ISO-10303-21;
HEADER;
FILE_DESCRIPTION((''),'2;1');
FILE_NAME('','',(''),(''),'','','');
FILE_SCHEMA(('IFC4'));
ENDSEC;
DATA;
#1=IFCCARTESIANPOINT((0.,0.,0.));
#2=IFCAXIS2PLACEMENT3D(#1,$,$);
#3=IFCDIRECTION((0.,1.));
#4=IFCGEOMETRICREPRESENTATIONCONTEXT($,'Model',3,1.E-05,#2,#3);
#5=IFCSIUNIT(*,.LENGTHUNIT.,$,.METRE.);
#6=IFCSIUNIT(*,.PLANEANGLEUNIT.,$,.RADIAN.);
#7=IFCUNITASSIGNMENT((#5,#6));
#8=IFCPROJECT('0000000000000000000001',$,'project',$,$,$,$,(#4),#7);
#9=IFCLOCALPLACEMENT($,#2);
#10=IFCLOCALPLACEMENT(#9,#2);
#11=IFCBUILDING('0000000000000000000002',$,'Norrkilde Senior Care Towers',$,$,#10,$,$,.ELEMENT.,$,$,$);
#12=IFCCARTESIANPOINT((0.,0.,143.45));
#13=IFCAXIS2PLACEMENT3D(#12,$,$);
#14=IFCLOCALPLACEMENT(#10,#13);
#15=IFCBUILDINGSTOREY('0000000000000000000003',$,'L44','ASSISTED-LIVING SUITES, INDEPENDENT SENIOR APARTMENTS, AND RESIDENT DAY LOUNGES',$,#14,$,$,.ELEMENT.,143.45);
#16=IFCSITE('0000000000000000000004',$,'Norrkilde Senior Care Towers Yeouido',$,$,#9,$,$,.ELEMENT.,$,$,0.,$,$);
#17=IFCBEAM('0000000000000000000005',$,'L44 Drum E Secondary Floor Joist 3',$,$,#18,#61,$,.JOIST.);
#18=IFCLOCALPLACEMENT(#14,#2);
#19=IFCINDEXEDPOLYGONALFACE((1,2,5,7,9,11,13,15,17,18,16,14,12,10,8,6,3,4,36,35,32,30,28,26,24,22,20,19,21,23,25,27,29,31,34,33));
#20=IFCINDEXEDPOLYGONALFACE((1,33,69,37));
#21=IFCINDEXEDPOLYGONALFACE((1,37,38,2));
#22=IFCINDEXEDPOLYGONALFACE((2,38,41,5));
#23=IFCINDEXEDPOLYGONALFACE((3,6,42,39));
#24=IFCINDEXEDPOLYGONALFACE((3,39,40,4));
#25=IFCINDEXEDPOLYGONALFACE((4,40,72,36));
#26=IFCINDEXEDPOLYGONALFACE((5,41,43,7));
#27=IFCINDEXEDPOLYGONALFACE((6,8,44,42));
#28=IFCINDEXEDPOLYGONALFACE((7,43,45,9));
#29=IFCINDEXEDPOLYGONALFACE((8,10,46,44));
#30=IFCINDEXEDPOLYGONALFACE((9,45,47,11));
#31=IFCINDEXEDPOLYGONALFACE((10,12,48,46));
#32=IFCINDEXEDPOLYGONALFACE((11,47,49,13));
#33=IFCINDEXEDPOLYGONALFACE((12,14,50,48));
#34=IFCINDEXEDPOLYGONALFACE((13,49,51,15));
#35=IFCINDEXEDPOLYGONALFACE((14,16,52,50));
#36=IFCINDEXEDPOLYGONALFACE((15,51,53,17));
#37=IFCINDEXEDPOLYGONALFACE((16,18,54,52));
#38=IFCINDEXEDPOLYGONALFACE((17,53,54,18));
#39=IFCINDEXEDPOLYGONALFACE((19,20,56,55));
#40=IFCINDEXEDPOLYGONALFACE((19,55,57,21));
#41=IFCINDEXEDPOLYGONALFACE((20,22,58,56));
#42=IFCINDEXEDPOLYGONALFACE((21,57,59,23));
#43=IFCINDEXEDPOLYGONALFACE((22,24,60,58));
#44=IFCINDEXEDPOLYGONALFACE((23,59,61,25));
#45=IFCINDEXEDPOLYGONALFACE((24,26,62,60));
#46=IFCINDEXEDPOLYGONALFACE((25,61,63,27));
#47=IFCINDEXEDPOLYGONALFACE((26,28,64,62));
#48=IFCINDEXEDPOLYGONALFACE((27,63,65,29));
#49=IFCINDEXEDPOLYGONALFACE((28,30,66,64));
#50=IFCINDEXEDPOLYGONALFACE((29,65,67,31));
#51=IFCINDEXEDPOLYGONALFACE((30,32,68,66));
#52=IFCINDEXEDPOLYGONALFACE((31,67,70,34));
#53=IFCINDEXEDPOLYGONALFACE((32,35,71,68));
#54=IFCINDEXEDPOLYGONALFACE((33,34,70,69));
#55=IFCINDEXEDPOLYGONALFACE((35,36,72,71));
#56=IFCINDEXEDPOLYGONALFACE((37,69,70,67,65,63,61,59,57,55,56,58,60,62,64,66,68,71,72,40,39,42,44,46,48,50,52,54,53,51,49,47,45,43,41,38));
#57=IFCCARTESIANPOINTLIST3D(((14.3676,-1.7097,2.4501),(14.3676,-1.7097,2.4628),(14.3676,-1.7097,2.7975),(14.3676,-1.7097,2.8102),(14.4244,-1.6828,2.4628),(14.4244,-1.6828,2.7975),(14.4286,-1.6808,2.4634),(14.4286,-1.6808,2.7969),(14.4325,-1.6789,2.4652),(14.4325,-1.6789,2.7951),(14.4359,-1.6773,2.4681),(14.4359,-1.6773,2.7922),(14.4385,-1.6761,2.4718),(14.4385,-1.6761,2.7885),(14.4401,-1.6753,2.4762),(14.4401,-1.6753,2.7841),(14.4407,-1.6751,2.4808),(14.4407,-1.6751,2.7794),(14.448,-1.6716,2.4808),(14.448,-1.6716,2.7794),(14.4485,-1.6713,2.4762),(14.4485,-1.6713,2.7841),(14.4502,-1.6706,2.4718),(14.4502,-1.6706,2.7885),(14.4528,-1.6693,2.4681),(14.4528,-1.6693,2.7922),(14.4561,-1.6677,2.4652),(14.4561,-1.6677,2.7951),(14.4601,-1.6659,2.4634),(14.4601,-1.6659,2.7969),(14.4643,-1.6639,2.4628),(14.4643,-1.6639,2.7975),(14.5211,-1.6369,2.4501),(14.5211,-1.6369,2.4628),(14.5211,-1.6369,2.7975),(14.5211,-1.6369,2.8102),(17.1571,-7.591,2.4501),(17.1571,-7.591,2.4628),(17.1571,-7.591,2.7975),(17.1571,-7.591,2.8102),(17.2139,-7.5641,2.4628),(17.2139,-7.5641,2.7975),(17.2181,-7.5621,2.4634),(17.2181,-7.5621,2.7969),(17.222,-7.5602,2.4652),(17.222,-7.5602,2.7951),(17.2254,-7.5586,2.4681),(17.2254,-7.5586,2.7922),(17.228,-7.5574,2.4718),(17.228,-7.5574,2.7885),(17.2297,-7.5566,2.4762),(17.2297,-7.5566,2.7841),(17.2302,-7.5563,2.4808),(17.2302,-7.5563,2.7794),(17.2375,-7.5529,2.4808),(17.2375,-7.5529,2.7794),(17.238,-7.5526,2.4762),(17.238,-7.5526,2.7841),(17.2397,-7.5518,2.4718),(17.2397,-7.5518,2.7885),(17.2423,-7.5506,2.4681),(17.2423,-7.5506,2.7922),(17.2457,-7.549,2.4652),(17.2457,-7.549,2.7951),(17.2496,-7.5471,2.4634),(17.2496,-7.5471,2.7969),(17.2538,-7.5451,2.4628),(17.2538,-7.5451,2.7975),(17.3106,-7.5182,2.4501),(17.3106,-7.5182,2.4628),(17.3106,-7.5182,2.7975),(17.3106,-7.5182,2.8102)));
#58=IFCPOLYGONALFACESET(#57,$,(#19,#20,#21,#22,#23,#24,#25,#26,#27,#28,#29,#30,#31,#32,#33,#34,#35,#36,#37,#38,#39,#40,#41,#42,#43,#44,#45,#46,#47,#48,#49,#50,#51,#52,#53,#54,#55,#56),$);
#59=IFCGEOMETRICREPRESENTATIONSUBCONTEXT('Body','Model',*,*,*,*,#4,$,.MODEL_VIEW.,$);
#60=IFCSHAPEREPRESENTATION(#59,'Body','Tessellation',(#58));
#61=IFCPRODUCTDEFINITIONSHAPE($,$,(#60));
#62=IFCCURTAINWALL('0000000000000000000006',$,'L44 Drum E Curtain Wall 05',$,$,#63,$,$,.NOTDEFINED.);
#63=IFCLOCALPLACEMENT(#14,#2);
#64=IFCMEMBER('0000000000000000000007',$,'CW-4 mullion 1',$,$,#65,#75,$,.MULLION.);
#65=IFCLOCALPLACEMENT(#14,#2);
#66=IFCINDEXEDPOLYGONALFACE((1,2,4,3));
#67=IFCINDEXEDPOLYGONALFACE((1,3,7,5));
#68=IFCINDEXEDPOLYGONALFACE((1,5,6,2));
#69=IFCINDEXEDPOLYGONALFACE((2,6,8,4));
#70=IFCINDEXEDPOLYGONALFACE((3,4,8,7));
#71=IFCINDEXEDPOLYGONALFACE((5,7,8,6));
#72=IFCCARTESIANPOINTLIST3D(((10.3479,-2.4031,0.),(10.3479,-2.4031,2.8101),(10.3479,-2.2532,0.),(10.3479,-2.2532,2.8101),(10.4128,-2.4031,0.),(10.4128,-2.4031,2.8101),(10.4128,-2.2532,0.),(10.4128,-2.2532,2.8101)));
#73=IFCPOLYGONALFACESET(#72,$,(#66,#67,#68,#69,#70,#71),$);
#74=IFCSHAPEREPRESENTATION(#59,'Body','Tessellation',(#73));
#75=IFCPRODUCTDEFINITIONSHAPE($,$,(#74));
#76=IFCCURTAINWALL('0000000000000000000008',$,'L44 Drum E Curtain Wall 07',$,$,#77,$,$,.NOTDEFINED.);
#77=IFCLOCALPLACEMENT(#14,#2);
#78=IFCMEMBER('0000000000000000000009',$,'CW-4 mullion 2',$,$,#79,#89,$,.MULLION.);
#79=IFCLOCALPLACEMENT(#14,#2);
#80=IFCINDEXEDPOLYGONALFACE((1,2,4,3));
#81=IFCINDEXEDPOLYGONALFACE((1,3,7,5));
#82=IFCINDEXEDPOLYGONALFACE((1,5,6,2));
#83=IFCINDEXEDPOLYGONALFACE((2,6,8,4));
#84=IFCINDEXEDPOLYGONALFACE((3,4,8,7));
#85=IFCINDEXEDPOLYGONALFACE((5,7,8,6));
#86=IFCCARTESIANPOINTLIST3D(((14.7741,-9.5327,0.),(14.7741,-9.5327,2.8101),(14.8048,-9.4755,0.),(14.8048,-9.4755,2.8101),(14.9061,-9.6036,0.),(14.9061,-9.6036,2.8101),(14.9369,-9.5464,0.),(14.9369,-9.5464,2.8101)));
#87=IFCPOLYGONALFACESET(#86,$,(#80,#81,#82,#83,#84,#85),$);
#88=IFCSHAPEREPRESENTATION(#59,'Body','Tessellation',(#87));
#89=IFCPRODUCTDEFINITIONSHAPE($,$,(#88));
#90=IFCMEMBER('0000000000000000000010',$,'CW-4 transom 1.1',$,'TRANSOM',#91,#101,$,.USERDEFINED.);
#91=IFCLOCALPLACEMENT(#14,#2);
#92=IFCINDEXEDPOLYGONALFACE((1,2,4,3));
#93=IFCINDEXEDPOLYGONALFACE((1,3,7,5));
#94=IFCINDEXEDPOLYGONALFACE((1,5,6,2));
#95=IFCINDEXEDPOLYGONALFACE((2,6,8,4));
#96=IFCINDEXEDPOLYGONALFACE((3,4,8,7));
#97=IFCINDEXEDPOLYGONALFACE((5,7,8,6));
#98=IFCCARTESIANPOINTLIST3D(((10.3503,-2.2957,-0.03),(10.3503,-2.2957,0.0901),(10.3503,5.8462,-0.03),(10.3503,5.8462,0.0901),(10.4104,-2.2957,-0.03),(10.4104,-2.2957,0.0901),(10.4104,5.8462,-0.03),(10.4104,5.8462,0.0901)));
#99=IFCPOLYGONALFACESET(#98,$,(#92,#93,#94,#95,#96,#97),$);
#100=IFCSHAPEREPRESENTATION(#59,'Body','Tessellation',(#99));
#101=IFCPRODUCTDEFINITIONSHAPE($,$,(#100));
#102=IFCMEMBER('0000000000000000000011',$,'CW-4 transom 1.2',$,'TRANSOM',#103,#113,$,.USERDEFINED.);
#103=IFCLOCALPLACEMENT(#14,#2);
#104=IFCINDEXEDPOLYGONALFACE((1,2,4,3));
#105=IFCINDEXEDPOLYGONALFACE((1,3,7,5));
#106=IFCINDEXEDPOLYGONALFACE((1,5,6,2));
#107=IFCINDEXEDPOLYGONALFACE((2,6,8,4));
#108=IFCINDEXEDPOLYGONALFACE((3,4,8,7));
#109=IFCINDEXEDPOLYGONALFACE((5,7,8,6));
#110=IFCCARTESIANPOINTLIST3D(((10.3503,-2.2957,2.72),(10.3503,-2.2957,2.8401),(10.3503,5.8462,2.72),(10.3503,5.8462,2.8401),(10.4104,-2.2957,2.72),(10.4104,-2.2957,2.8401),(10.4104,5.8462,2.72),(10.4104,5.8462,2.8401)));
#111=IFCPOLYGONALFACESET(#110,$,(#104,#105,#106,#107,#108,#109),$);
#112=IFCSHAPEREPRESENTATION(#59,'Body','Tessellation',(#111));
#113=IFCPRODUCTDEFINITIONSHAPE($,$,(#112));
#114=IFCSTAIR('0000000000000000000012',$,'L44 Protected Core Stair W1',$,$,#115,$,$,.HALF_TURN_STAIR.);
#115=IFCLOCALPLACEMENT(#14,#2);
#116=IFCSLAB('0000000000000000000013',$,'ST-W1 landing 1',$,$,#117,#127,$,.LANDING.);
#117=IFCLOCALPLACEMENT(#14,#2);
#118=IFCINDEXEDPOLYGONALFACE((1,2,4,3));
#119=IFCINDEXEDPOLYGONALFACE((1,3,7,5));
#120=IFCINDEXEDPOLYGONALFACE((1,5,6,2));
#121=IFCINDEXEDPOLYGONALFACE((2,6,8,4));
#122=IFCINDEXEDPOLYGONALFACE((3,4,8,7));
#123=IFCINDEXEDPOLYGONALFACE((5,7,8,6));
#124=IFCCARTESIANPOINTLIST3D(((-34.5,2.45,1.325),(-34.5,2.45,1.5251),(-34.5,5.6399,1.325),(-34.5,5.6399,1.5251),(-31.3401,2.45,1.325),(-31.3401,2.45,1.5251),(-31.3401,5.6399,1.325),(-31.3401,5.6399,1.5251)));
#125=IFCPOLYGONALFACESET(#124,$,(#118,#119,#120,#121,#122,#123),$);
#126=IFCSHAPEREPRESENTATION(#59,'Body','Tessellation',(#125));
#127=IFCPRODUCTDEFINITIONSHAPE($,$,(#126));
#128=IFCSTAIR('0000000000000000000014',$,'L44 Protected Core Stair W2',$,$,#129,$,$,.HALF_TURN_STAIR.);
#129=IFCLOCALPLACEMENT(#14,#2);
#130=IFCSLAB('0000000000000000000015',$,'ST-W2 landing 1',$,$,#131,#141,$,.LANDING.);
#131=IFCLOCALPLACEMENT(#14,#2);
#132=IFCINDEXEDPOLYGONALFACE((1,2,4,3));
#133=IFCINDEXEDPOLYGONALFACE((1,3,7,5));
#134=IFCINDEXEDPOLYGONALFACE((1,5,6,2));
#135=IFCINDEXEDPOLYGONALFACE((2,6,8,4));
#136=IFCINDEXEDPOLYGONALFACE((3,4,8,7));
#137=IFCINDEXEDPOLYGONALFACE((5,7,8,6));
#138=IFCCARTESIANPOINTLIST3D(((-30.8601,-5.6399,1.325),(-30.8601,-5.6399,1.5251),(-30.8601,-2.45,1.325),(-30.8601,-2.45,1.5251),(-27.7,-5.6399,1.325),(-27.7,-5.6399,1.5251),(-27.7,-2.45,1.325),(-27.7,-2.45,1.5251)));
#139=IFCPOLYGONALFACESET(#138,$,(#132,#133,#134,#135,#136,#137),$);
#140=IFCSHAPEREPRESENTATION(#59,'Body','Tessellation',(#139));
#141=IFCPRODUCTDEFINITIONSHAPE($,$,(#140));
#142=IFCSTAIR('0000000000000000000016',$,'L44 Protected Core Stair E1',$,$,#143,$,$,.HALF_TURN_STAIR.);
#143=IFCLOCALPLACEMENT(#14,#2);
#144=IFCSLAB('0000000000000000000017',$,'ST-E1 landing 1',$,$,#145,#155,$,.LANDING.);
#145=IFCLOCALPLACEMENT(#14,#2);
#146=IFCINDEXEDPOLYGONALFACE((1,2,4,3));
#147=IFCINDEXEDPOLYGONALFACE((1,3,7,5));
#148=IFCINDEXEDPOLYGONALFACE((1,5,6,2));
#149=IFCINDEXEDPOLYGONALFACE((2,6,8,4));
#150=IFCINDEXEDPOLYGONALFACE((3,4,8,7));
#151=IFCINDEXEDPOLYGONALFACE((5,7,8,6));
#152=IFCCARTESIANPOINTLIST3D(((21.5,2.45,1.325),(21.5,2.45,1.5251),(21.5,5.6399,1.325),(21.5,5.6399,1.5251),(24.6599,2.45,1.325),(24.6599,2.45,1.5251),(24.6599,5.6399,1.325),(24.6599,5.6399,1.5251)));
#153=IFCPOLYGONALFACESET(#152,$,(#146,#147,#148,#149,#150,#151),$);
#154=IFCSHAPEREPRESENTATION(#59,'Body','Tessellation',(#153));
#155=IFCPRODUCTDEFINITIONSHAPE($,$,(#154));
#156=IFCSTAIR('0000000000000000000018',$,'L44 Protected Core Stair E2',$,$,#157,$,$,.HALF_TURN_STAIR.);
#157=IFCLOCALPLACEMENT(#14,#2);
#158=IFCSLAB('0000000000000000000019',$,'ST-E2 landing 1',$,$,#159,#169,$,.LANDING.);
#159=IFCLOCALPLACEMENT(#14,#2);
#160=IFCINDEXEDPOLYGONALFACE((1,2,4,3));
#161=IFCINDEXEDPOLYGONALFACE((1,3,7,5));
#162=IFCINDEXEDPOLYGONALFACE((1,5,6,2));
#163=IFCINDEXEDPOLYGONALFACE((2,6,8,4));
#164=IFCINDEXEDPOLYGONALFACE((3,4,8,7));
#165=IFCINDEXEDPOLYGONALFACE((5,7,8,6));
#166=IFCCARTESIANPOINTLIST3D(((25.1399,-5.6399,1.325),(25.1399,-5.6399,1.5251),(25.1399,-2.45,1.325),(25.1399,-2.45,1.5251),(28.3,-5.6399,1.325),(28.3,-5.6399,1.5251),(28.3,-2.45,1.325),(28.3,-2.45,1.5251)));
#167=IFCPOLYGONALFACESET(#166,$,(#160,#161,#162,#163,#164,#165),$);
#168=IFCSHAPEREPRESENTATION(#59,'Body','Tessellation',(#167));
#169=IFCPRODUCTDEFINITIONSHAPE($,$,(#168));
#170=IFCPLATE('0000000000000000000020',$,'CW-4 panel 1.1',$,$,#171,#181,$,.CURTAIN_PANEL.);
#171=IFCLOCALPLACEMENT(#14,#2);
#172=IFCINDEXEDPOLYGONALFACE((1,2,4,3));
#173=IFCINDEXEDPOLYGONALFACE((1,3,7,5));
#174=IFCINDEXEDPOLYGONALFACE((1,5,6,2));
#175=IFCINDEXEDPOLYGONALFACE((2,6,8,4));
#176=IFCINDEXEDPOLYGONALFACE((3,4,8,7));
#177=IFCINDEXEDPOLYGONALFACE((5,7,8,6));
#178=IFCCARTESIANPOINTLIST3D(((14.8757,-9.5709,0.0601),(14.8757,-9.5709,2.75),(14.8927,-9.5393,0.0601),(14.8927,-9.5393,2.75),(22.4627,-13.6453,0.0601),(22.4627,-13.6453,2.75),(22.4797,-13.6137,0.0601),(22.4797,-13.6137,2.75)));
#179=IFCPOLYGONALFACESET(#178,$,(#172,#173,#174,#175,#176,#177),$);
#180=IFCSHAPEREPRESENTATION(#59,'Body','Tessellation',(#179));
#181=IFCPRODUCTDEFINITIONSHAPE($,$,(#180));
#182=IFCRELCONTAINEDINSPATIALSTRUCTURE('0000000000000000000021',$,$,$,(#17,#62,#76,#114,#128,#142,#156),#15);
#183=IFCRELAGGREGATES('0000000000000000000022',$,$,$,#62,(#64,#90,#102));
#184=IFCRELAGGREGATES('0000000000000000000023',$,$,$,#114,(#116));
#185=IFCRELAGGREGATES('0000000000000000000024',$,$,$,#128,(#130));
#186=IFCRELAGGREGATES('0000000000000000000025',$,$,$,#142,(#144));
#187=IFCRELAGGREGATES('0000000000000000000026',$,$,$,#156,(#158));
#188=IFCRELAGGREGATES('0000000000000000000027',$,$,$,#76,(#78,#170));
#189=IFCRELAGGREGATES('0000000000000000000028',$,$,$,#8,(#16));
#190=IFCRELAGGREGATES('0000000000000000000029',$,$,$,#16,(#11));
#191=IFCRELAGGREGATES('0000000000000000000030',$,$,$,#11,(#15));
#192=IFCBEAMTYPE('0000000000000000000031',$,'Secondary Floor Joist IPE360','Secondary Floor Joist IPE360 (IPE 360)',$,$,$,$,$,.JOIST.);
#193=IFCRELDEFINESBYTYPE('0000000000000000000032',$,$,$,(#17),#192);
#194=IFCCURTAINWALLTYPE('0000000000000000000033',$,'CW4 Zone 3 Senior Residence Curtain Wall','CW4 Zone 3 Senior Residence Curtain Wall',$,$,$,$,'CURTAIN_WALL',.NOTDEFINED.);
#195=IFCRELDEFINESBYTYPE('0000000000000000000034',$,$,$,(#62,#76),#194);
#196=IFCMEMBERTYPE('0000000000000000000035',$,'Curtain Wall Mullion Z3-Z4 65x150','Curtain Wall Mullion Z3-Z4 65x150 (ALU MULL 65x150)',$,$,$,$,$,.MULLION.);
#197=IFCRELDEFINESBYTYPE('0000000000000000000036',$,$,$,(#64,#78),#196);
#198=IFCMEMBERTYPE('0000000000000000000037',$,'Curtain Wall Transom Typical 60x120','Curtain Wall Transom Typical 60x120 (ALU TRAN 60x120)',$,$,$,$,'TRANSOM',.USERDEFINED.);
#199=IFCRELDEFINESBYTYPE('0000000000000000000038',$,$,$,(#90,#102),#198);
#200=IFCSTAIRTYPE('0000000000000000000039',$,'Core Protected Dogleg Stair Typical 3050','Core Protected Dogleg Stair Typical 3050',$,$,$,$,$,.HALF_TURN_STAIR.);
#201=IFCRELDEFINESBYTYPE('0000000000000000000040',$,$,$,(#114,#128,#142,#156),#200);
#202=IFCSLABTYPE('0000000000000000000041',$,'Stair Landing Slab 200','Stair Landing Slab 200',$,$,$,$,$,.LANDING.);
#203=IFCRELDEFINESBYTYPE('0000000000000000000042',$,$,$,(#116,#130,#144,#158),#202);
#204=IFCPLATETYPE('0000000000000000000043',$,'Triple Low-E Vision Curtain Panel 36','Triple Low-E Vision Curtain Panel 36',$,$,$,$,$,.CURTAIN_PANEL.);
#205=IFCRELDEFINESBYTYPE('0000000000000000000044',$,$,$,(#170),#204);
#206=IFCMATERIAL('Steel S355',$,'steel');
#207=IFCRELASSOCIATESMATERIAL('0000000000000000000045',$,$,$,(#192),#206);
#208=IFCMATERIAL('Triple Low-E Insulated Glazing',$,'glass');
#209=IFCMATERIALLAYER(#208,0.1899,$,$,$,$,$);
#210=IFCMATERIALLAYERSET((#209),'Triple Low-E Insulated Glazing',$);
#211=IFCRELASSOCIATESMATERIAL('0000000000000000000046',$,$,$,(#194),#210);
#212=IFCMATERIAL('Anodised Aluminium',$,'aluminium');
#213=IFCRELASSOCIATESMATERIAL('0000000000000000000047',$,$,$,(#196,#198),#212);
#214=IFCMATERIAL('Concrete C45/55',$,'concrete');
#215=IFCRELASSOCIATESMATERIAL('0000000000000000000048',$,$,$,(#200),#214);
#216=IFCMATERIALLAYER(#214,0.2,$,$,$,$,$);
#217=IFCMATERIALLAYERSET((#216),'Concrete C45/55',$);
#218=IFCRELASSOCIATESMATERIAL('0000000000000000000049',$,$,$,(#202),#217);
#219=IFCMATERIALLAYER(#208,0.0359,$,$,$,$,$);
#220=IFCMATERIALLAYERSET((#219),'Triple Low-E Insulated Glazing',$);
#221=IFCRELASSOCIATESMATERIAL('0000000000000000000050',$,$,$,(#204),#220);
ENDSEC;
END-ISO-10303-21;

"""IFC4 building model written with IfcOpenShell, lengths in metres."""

from ifc_helpers import new_model, si_unit, direction, frame, origin, origin_2d, place, context, subcontext, project, spatial, polyline, rectangle, i_section, outline, extrude, source, transform, mapped, material, layer, layer_set, material_profile, profile_set, type_object, type_shapes, element, aggregate, save


model = new_model("IFC4")

# Units and contexts
model_context = context("Model", 3, precision=1e-05, world=origin(), true_north=direction((0.0, 1.0)))
body_context = subcontext(model_context, "Body", "Model", "MODEL_VIEW")
ifc_project = project(units=[si_unit("LENGTHUNIT", "METRE"), si_unit("PLANEANGLEUNIT", "RADIAN")], contexts=[model_context])

# Site, building, storey
site_placement = place(None, origin())
site = spatial("IfcSite", under=ifc_project, at=site_placement, Name="Norrkilde Senior Care Towers Yeouido", CompositionType="ELEMENT", RefElevation=0.0)
building_placement = place(site_placement, origin())
building = spatial("IfcBuilding", under=site, at=building_placement, Name="Norrkilde Senior Care Towers", CompositionType="ELEMENT")
storey_placement = place(building_placement, frame((0.0, 0.0, 143.45)))
storey = spatial("IfcBuildingStorey", under=building, at=storey_placement, Name="L44", Description="ASSISTED-LIVING SUITES, INDEPENDENT SENIOR APARTMENTS, AND RESIDENT DAY LOUNGES", CompositionType="ELEMENT", Elevation=143.45)

# Beam
ifc_material_1 = material(Name="Steel S355", Category="steel")
ifc_material_profile_1 = material_profile(ifc_material_1, i_section(OverallWidth=0.1699, OverallDepth=0.3601, WebThickness=0.0081, FlangeThickness=0.0127, FilletRadius=0.0181, at=origin_2d()), Name="IPE 360")
ifc_profile_set_1 = profile_set([ifc_material_profile_1], Name="Steel S355")
beam_type_1 = type_object("IfcBeamType", Name="Secondary Floor Joist IPE360", Description="Secondary Floor Joist IPE360 (IPE 360)", PredefinedType="JOIST", material=ifc_profile_set_1)
shared_shape_1 = source(origin(), body_context, "Body", "SweptSolid", [
    extrude(i_section(OverallWidth=0.1699, OverallDepth=0.3601, WebThickness=0.0081, FlangeThickness=0.0127, FilletRadius=0.0181, at=origin_2d()), origin(), (0.0, 0.0, 1.0), 6.5093),
])
type_shapes(beam_type_1, [shared_shape_1])
beam_1_placement = place(storey_placement, frame((14.4443, -1.6733, 2.6301), z_axis=(0.428544, -0.903521, 0.0), x_axis=(0.903521, 0.428544, 0.0)))
element("IfcBeam", 1, at=beam_1_placement, inside=storey, type_object=beam_type_1, Name="L44 Drum E Secondary Floor Joist 3", PredefinedType="JOIST", context=body_context, shape_type="MappedRepresentation", body=[
    mapped(shared_shape_1, transform((0.0, 0.0, 0.0), x_axis=(1.0, 0.0, 0.0), y_axis=(0.0, 1.0, 0.0), z_axis=(0.0, 0.0, 1.0), scale=1.0)),
])

# Curtain walls, members
ifc_material_2 = material(Name="Triple Low-E Insulated Glazing", Category="glass")
ifc_layer_1 = layer(ifc_material_2, 0.1899)
ifc_layer_set_1 = layer_set([ifc_layer_1], Name="Triple Low-E Insulated Glazing")
curtain_wall_type = type_object("IfcCurtainWallType", Name="CW4 Zone 3 Senior Residence Curtain Wall", Description="CW4 Zone 3 Senior Residence Curtain Wall", ElementType="CURTAIN_WALL", PredefinedType="NOTDEFINED", material=ifc_layer_set_1)
curtain_wall_1_placement = place(storey_placement, origin())
curtain_wall_1 = element("IfcCurtainWall", 2, at=curtain_wall_1_placement, inside=storey, type_object=curtain_wall_type, Name="L44 Drum E Curtain Wall 05", PredefinedType="NOTDEFINED")
ifc_material_3 = material(Name="Anodised Aluminium", Category="aluminium")
ifc_material_profile_2 = material_profile(ifc_material_3, rectangle(XDim=0.0649, YDim=0.1499, at=origin_2d()), Name="ALU MULL 65x150")
ifc_profile_set_2 = profile_set([ifc_material_profile_2], Name="Anodised Aluminium")
member_type_1 = type_object("IfcMemberType", Name="Curtain Wall Mullion Z3-Z4 65x150", Description="Curtain Wall Mullion Z3-Z4 65x150 (ALU MULL 65x150)", PredefinedType="MULLION", material=ifc_profile_set_2)
shared_shape_2 = source(origin(), body_context, "Body", "SweptSolid", [
    extrude(rectangle(XDim=0.0649, YDim=0.1499, at=origin_2d()), origin(), (0.0, 0.0, 1.0), 2.8101),
])
type_shapes(member_type_1, [shared_shape_2])
member_1_placement = place(storey_placement, frame((10.3804, -2.3281, 0.0), z_axis=(0.0, 0.0, 1.0), x_axis=(-1.0, 0.0, 0.0)))
member_1 = element("IfcMember", 3, at=member_1_placement, type_object=member_type_1, Name="CW-4 mullion 1", PredefinedType="MULLION", context=body_context, shape_type="MappedRepresentation", body=[
    mapped(shared_shape_2, transform((0.0, 0.0, 0.0), x_axis=(1.0, 0.0, 0.0), y_axis=(0.0, 1.0, 0.0), z_axis=(0.0, 0.0, 1.0), scale=1.0)),
])
curtain_wall_2_placement = place(storey_placement, origin())
curtain_wall_2 = element("IfcCurtainWall", 4, at=curtain_wall_2_placement, inside=storey, type_object=curtain_wall_type, Name="L44 Drum E Curtain Wall 07", PredefinedType="NOTDEFINED")
member_2_placement = place(storey_placement, frame((14.8555, -9.5396, 0.0), z_axis=(0.0, 0.0, 1.0), x_axis=(-0.473117, -0.881, 0.0)))
member_2 = element("IfcMember", 5, at=member_2_placement, type_object=member_type_1, Name="CW-4 mullion 2", PredefinedType="MULLION", context=body_context, shape_type="MappedRepresentation", body=[
    mapped(shared_shape_2, transform((0.0, 0.0, 0.0), x_axis=(1.0, 0.0, 0.0), y_axis=(0.0, 1.0, 0.0), z_axis=(0.0, 0.0, 1.0), scale=1.0)),
])

# Members
ifc_material_profile_3 = material_profile(ifc_material_3, rectangle(XDim=0.0601, YDim=0.1201, at=origin_2d()), Name="ALU TRAN 60x120")
ifc_profile_set_3 = profile_set([ifc_material_profile_3], Name="Anodised Aluminium")
member_type_2 = type_object("IfcMemberType", Name="Curtain Wall Transom Typical 60x120", Description="Curtain Wall Transom Typical 60x120 (ALU TRAN 60x120)", ElementType="TRANSOM", PredefinedType="USERDEFINED", material=ifc_profile_set_3)
shared_shape_3 = source(origin(), body_context, "Body", "SweptSolid", [
    extrude(rectangle(XDim=0.0601, YDim=0.1201, at=origin_2d()), origin(), (0.0, 0.0, 1.0), 8.1418),
])
type_shapes(member_type_2, [shared_shape_3])
member_3_placement = place(storey_placement, frame((10.3804, -2.2957, 0.03), z_axis=(0.0, 1.0, 0.0), x_axis=(-1.0, 0.0, 0.0)))
member_3 = element("IfcMember", 6, at=member_3_placement, type_object=member_type_2, Name="CW-4 transom 1.1", ObjectType="TRANSOM", PredefinedType="USERDEFINED", context=body_context, shape_type="MappedRepresentation", body=[
    mapped(shared_shape_3, transform((0.0, 0.0, 0.0), x_axis=(1.0, 0.0, 0.0), y_axis=(0.0, 1.0, 0.0), z_axis=(0.0, 0.0, 1.0), scale=1.0)),
])
member_4_placement = place(storey_placement, frame((10.3804, -2.2957, 2.78), z_axis=(0.0, 1.0, 0.0), x_axis=(-1.0, 0.0, 0.0)))
member_4 = element("IfcMember", 7, at=member_4_placement, type_object=member_type_2, Name="CW-4 transom 1.2", ObjectType="TRANSOM", PredefinedType="USERDEFINED", context=body_context, shape_type="MappedRepresentation", body=[
    mapped(shared_shape_3, transform((0.0, 0.0, 0.0), x_axis=(1.0, 0.0, 0.0), y_axis=(0.0, 1.0, 0.0), z_axis=(0.0, 0.0, 1.0), scale=1.0)),
])
aggregate(curtain_wall_1, [member_1, member_3, member_4])

# Stairs, slabs
ifc_material_4 = material(Name="Concrete C45/55", Category="concrete")
stair_type = type_object("IfcStairType", Name="Core Protected Dogleg Stair Typical 3050", Description="Core Protected Dogleg Stair Typical 3050", PredefinedType="HALF_TURN_STAIR", material=ifc_material_4)
stair_1_placement = place(storey_placement, origin())
stair_1 = element("IfcStair", 8, at=stair_1_placement, inside=storey, type_object=stair_type, Name="L44 Protected Core Stair W1", PredefinedType="HALF_TURN_STAIR")
ifc_layer_2 = layer(ifc_material_4, 0.2)
ifc_layer_set_2 = layer_set([ifc_layer_2], Name="Concrete C45/55")
slab_type = type_object("IfcSlabType", Name="Stair Landing Slab 200", Description="Stair Landing Slab 200", PredefinedType="LANDING", material=ifc_layer_set_2)
slab_1_placement = place(storey_placement, frame((0.0, 0.0, 1.325)))
slab_1 = element("IfcSlab", 9, at=slab_1_placement, type_object=slab_type, Name="ST-W1 landing 1", PredefinedType="LANDING", context=body_context, shape_type="SweptSolid", body=[
    extrude(outline(polyline([(-31.3401, 5.6399), (-34.5, 5.6399), (-34.5, 2.45), (-31.3401, 2.45), (-31.3401, 5.6399)])), origin(), (0.0, 0.0, 1.0), 0.2002),
])
aggregate(stair_1, [slab_1])
stair_2_placement = place(storey_placement, origin())
stair_2 = element("IfcStair", 10, at=stair_2_placement, inside=storey, type_object=stair_type, Name="L44 Protected Core Stair W2", PredefinedType="HALF_TURN_STAIR")
slab_2_placement = place(storey_placement, frame((0.0, 0.0, 1.325)))
slab_2 = element("IfcSlab", 11, at=slab_2_placement, type_object=slab_type, Name="ST-W2 landing 1", PredefinedType="LANDING", context=body_context, shape_type="SweptSolid", body=[
    extrude(outline(polyline([(-30.8601, -5.6399), (-27.7, -5.6399), (-27.7, -2.45), (-30.8601, -2.45), (-30.8601, -5.6399)])), origin(), (0.0, 0.0, 1.0), 0.2002),
])
aggregate(stair_2, [slab_2])
stair_3_placement = place(storey_placement, origin())
stair_3 = element("IfcStair", 12, at=stair_3_placement, inside=storey, type_object=stair_type, Name="L44 Protected Core Stair E1", PredefinedType="HALF_TURN_STAIR")
slab_3_placement = place(storey_placement, frame((0.0, 0.0, 1.325)))
slab_3 = element("IfcSlab", 13, at=slab_3_placement, type_object=slab_type, Name="ST-E1 landing 1", PredefinedType="LANDING", context=body_context, shape_type="SweptSolid", body=[
    extrude(outline(polyline([(24.6599, 5.6399), (21.5, 5.6399), (21.5, 2.45), (24.6599, 2.45), (24.6599, 5.6399)])), origin(), (0.0, 0.0, 1.0), 0.2002),
])
aggregate(stair_3, [slab_3])
stair_4_placement = place(storey_placement, origin())
stair_4 = element("IfcStair", 14, at=stair_4_placement, inside=storey, type_object=stair_type, Name="L44 Protected Core Stair E2", PredefinedType="HALF_TURN_STAIR")
slab_4_placement = place(storey_placement, frame((0.0, 0.0, 1.325)))
slab_4 = element("IfcSlab", 15, at=slab_4_placement, type_object=slab_type, Name="ST-E2 landing 1", PredefinedType="LANDING", context=body_context, shape_type="SweptSolid", body=[
    extrude(outline(polyline([(25.1399, -5.6399), (28.3, -5.6399), (28.3, -2.45), (25.1399, -2.45), (25.1399, -5.6399)])), origin(), (0.0, 0.0, 1.0), 0.2002),
])
aggregate(stair_4, [slab_4])

# Plate
ifc_layer_3 = layer(ifc_material_2, 0.0359)
ifc_layer_set_3 = layer_set([ifc_layer_3], Name="Triple Low-E Insulated Glazing")
plate_type = type_object("IfcPlateType", Name="Triple Low-E Vision Curtain Panel 36", Description="Triple Low-E Vision Curtain Panel 36", PredefinedType="CURTAIN_PANEL", material=ifc_layer_set_3)
shared_shape_4 = source(origin(), body_context, "Body", "SweptSolid", [
    extrude(rectangle(XDim=8.6118, YDim=0.0359, at=origin_2d()), origin(), (0.0, 0.0, 1.0), 2.6899),
])
type_shapes(plate_type, [shared_shape_4])
plate_placement = place(storey_placement, frame((18.6777, -11.5923, 0.0601), z_axis=(0.0, 0.0, 1.0), x_axis=(-0.881, 0.473117, 0.0)))
plate = element("IfcPlate", 16, at=plate_placement, type_object=plate_type, Name="CW-4 panel 1.1", PredefinedType="CURTAIN_PANEL", context=body_context, shape_type="MappedRepresentation", body=[
    mapped(shared_shape_4, transform((0.0, 0.0, 0.0), x_axis=(1.0, 0.0, 0.0), y_axis=(0.0, 1.0, 0.0), z_axis=(0.0, 0.0, 1.0), scale=1.0)),
])
aggregate(curtain_wall_2, [member_2, plate])

save(model, "model.ifc")
